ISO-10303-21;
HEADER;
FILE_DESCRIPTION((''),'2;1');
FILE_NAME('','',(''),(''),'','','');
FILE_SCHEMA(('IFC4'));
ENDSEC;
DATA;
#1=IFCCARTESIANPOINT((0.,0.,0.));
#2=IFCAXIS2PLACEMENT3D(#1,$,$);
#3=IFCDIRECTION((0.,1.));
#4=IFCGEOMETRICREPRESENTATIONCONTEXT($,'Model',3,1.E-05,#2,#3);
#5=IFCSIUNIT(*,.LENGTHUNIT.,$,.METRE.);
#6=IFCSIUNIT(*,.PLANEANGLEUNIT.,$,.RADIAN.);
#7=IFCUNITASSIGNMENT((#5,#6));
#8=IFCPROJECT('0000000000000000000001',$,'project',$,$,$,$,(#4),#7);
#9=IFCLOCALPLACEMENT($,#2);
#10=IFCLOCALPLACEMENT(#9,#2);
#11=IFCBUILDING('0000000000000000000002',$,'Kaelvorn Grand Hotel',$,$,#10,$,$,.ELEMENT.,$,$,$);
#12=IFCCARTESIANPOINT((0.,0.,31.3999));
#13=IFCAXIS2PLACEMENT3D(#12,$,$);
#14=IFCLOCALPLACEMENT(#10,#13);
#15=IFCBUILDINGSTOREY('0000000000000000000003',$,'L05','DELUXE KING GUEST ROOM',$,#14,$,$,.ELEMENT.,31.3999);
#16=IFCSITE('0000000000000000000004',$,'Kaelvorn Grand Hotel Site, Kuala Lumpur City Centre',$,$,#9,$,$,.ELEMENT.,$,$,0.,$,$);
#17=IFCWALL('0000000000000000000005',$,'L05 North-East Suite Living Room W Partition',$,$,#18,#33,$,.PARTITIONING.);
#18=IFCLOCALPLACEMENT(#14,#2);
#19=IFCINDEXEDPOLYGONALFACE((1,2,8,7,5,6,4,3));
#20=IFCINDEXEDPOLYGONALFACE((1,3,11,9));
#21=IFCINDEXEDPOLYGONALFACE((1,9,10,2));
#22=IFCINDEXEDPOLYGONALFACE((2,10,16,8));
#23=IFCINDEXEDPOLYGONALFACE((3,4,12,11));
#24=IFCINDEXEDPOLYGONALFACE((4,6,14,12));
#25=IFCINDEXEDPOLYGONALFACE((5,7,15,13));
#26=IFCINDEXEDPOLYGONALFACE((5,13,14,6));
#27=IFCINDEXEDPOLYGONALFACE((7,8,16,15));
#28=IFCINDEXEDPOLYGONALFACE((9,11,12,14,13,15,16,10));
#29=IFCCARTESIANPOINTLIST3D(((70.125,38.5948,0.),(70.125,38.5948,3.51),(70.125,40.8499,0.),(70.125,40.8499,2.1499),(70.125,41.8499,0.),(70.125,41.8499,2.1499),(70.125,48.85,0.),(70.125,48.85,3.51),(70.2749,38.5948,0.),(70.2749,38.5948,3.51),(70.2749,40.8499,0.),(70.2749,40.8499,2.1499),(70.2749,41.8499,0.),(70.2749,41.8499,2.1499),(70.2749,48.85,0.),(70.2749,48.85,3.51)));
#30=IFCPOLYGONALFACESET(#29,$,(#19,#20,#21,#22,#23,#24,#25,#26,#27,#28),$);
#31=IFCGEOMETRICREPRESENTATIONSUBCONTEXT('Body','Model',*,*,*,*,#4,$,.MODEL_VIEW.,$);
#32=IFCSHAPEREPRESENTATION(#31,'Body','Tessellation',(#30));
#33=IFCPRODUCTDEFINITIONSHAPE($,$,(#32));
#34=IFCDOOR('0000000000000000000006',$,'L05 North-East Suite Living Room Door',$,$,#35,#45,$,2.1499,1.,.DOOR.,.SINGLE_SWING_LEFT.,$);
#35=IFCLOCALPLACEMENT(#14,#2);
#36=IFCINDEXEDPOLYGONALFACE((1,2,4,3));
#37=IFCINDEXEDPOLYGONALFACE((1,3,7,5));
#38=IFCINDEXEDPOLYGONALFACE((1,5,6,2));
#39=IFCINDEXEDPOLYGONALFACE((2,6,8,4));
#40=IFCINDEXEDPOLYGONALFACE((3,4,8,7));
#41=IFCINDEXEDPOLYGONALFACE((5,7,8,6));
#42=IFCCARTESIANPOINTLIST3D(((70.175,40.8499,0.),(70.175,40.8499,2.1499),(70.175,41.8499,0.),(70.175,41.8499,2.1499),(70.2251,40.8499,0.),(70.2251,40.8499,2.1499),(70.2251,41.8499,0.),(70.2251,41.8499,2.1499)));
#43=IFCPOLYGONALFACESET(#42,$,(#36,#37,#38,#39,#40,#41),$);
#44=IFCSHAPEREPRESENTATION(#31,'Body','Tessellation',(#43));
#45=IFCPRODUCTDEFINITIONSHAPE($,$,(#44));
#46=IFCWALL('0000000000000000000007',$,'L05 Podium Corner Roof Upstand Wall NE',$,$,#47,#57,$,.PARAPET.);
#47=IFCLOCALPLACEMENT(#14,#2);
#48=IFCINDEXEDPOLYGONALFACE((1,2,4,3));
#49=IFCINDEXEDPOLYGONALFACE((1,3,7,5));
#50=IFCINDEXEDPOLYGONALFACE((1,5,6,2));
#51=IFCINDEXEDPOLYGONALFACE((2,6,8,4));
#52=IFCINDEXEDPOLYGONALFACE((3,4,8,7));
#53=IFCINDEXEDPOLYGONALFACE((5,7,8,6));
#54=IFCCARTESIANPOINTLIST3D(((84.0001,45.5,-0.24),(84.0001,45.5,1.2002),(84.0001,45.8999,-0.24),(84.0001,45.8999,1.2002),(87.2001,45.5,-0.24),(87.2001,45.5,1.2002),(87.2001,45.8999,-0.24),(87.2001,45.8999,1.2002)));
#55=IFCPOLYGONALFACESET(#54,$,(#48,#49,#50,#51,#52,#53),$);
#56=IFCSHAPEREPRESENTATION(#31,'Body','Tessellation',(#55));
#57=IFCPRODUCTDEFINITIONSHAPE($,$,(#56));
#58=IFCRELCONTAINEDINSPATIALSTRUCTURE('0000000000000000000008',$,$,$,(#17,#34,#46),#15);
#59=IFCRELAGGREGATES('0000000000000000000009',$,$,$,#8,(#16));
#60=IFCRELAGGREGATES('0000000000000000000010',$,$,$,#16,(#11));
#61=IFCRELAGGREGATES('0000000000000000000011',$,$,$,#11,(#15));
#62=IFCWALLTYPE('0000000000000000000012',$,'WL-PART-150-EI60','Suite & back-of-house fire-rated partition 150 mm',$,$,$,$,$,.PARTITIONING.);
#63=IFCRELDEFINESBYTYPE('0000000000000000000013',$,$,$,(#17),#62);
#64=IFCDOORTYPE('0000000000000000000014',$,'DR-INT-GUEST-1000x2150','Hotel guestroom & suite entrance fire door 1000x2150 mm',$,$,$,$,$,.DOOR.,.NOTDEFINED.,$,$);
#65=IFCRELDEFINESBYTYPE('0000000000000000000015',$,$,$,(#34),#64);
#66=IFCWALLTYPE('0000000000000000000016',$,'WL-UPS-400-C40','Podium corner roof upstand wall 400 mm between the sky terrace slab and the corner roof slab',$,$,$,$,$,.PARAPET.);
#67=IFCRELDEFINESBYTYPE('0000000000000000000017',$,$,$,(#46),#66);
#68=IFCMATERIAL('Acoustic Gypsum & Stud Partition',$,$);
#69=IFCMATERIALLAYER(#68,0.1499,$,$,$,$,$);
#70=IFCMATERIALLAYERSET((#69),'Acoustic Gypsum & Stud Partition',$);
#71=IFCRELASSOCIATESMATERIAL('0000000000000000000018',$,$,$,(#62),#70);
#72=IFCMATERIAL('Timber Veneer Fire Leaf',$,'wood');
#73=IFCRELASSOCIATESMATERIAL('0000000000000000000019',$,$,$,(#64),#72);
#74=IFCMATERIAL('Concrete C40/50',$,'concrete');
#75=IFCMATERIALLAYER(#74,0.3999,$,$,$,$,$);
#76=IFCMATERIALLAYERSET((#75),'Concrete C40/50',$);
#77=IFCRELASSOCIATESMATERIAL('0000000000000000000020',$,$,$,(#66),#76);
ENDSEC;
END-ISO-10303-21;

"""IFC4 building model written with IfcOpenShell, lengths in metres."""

from ifc_helpers import new_model, si_unit, direction, frame, frame_2d, origin, place, context, subcontext, project, spatial, rectangle, extrude, material, layer, layer_set, type_object, element, fill, save


model = new_model("IFC4")

# Units and contexts
model_context = context("Model", 3, precision=1e-05, world=origin(), true_north=direction((0.0, 1.0)))
body_context = subcontext(model_context, "Body", "Model", "MODEL_VIEW")
ifc_project = project(units=[si_unit("LENGTHUNIT", "METRE"), si_unit("PLANEANGLEUNIT", "RADIAN")], contexts=[model_context])

# Site, building, storey
site_placement = place(None, origin())
site = spatial("IfcSite", under=ifc_project, at=site_placement, Name="Kaelvorn Grand Hotel Site, Kuala Lumpur City Centre", CompositionType="ELEMENT", RefElevation=0.0)
building_placement = place(site_placement, origin())
building = spatial("IfcBuilding", under=site, at=building_placement, Name="Kaelvorn Grand Hotel", CompositionType="ELEMENT")
storey_placement = place(building_placement, frame((0.0, 0.0, 31.3999)))
storey = spatial("IfcBuildingStorey", under=building, at=storey_placement, Name="L05", Description="DELUXE KING GUEST ROOM", CompositionType="ELEMENT", Elevation=31.3999)

# Shared definitions
ifc_material_1 = material(Name="Concrete C40/50", Category="concrete")

# Wall, opening, door
ifc_material_2 = material(Name="Acoustic Gypsum & Stud Partition")
ifc_layer_1 = layer(ifc_material_2, 0.1499)
ifc_layer_set_1 = layer_set([ifc_layer_1], Name="Acoustic Gypsum & Stud Partition")
wall_type_1 = type_object("IfcWallType", Name="WL-PART-150-EI60", Description="Suite & back-of-house fire-rated partition 150 mm", PredefinedType="PARTITIONING", material=ifc_layer_set_1)
wall_1_placement = place(storey_placement, frame((70.2, 38.595, 0.0), z_axis=(0.0, 0.0, 1.0), x_axis=(0.0, 1.0, 0.0)))
wall_1 = element("IfcWall", 1, at=wall_1_placement, inside=storey, type_object=wall_type_1, Name="L05 North-East Suite Living Room W Partition", PredefinedType="PARTITIONING", context=body_context, shape_type="SweptSolid", body=[
    extrude(rectangle(XDim=10.2551, YDim=0.1499, at=frame_2d((5.1274, 0.0))), origin(), (0.0, 0.0, 1.0), 3.51),
])
opening_1_placement = place(wall_1_placement, frame((2.2549, 0.0, 0.0)))
opening_1 = element("IfcOpeningElement", 2, at=opening_1_placement, cuts=wall_1, PredefinedType="OPENING", context=body_context, shape_type="SweptSolid", body=[
    extrude(rectangle(XDim=1.0, YDim=2.1499, at=frame_2d((0.5, 1.075))), frame((0.0, 0.085, 0.0), z_axis=(0.0, -1.0, 0.0), x_axis=(1.0, 0.0, 0.0)), (0.0, 0.0, 1.0), 0.1699),
])
ifc_material_3 = material(Name="Timber Veneer Fire Leaf", Category="wood")
door_type = type_object("IfcDoorType", Name="DR-INT-GUEST-1000x2150", Description="Hotel guestroom & suite entrance fire door 1000x2150 mm", OperationType="NOTDEFINED", PredefinedType="DOOR", material=ifc_material_3)
door_placement = place(opening_1_placement, origin())
door = element("IfcDoor", 3, at=door_placement, inside=storey, type_object=door_type, Name="L05 North-East Suite Living Room Door", OperationType="SINGLE_SWING_LEFT", OverallHeight=2.1499, OverallWidth=1.0, PredefinedType="DOOR", context=body_context, shape_type="SweptSolid", body=[
    extrude(rectangle(XDim=1.0, YDim=2.1499, at=frame_2d((0.5, 1.075))), frame((0.0, 0.0249, 0.0), z_axis=(0.0, -1.0, 0.0), x_axis=(1.0, 0.0, 0.0)), (0.0, 0.0, 1.0), 0.05),
])
fill(opening_1, door)

# Wall
ifc_layer_2 = layer(ifc_material_1, 0.3999)
ifc_layer_set_2 = layer_set([ifc_layer_2], Name="Concrete C40/50")
wall_type_2 = type_object("IfcWallType", Name="WL-UPS-400-C40", Description="Podium corner roof upstand wall 400 mm between the sky terrace slab and the corner roof slab", PredefinedType="PARAPET", material=ifc_layer_set_2)
wall_2_placement = place(storey_placement, frame((84.0, 45.7, -0.24), z_axis=(0.0, 0.0, 1.0), x_axis=(1.0, 0.0, 0.0)))
element("IfcWall", 4, at=wall_2_placement, inside=storey, type_object=wall_type_2, Name="L05 Podium Corner Roof Upstand Wall NE", PredefinedType="PARAPET", context=body_context, shape_type="SweptSolid", body=[
    extrude(rectangle(XDim=3.2, YDim=0.3999, at=frame_2d((1.6001, 0.0))), origin(), (0.0, 0.0, 1.0), 1.4402),
])

save(model, "model.ifc")
